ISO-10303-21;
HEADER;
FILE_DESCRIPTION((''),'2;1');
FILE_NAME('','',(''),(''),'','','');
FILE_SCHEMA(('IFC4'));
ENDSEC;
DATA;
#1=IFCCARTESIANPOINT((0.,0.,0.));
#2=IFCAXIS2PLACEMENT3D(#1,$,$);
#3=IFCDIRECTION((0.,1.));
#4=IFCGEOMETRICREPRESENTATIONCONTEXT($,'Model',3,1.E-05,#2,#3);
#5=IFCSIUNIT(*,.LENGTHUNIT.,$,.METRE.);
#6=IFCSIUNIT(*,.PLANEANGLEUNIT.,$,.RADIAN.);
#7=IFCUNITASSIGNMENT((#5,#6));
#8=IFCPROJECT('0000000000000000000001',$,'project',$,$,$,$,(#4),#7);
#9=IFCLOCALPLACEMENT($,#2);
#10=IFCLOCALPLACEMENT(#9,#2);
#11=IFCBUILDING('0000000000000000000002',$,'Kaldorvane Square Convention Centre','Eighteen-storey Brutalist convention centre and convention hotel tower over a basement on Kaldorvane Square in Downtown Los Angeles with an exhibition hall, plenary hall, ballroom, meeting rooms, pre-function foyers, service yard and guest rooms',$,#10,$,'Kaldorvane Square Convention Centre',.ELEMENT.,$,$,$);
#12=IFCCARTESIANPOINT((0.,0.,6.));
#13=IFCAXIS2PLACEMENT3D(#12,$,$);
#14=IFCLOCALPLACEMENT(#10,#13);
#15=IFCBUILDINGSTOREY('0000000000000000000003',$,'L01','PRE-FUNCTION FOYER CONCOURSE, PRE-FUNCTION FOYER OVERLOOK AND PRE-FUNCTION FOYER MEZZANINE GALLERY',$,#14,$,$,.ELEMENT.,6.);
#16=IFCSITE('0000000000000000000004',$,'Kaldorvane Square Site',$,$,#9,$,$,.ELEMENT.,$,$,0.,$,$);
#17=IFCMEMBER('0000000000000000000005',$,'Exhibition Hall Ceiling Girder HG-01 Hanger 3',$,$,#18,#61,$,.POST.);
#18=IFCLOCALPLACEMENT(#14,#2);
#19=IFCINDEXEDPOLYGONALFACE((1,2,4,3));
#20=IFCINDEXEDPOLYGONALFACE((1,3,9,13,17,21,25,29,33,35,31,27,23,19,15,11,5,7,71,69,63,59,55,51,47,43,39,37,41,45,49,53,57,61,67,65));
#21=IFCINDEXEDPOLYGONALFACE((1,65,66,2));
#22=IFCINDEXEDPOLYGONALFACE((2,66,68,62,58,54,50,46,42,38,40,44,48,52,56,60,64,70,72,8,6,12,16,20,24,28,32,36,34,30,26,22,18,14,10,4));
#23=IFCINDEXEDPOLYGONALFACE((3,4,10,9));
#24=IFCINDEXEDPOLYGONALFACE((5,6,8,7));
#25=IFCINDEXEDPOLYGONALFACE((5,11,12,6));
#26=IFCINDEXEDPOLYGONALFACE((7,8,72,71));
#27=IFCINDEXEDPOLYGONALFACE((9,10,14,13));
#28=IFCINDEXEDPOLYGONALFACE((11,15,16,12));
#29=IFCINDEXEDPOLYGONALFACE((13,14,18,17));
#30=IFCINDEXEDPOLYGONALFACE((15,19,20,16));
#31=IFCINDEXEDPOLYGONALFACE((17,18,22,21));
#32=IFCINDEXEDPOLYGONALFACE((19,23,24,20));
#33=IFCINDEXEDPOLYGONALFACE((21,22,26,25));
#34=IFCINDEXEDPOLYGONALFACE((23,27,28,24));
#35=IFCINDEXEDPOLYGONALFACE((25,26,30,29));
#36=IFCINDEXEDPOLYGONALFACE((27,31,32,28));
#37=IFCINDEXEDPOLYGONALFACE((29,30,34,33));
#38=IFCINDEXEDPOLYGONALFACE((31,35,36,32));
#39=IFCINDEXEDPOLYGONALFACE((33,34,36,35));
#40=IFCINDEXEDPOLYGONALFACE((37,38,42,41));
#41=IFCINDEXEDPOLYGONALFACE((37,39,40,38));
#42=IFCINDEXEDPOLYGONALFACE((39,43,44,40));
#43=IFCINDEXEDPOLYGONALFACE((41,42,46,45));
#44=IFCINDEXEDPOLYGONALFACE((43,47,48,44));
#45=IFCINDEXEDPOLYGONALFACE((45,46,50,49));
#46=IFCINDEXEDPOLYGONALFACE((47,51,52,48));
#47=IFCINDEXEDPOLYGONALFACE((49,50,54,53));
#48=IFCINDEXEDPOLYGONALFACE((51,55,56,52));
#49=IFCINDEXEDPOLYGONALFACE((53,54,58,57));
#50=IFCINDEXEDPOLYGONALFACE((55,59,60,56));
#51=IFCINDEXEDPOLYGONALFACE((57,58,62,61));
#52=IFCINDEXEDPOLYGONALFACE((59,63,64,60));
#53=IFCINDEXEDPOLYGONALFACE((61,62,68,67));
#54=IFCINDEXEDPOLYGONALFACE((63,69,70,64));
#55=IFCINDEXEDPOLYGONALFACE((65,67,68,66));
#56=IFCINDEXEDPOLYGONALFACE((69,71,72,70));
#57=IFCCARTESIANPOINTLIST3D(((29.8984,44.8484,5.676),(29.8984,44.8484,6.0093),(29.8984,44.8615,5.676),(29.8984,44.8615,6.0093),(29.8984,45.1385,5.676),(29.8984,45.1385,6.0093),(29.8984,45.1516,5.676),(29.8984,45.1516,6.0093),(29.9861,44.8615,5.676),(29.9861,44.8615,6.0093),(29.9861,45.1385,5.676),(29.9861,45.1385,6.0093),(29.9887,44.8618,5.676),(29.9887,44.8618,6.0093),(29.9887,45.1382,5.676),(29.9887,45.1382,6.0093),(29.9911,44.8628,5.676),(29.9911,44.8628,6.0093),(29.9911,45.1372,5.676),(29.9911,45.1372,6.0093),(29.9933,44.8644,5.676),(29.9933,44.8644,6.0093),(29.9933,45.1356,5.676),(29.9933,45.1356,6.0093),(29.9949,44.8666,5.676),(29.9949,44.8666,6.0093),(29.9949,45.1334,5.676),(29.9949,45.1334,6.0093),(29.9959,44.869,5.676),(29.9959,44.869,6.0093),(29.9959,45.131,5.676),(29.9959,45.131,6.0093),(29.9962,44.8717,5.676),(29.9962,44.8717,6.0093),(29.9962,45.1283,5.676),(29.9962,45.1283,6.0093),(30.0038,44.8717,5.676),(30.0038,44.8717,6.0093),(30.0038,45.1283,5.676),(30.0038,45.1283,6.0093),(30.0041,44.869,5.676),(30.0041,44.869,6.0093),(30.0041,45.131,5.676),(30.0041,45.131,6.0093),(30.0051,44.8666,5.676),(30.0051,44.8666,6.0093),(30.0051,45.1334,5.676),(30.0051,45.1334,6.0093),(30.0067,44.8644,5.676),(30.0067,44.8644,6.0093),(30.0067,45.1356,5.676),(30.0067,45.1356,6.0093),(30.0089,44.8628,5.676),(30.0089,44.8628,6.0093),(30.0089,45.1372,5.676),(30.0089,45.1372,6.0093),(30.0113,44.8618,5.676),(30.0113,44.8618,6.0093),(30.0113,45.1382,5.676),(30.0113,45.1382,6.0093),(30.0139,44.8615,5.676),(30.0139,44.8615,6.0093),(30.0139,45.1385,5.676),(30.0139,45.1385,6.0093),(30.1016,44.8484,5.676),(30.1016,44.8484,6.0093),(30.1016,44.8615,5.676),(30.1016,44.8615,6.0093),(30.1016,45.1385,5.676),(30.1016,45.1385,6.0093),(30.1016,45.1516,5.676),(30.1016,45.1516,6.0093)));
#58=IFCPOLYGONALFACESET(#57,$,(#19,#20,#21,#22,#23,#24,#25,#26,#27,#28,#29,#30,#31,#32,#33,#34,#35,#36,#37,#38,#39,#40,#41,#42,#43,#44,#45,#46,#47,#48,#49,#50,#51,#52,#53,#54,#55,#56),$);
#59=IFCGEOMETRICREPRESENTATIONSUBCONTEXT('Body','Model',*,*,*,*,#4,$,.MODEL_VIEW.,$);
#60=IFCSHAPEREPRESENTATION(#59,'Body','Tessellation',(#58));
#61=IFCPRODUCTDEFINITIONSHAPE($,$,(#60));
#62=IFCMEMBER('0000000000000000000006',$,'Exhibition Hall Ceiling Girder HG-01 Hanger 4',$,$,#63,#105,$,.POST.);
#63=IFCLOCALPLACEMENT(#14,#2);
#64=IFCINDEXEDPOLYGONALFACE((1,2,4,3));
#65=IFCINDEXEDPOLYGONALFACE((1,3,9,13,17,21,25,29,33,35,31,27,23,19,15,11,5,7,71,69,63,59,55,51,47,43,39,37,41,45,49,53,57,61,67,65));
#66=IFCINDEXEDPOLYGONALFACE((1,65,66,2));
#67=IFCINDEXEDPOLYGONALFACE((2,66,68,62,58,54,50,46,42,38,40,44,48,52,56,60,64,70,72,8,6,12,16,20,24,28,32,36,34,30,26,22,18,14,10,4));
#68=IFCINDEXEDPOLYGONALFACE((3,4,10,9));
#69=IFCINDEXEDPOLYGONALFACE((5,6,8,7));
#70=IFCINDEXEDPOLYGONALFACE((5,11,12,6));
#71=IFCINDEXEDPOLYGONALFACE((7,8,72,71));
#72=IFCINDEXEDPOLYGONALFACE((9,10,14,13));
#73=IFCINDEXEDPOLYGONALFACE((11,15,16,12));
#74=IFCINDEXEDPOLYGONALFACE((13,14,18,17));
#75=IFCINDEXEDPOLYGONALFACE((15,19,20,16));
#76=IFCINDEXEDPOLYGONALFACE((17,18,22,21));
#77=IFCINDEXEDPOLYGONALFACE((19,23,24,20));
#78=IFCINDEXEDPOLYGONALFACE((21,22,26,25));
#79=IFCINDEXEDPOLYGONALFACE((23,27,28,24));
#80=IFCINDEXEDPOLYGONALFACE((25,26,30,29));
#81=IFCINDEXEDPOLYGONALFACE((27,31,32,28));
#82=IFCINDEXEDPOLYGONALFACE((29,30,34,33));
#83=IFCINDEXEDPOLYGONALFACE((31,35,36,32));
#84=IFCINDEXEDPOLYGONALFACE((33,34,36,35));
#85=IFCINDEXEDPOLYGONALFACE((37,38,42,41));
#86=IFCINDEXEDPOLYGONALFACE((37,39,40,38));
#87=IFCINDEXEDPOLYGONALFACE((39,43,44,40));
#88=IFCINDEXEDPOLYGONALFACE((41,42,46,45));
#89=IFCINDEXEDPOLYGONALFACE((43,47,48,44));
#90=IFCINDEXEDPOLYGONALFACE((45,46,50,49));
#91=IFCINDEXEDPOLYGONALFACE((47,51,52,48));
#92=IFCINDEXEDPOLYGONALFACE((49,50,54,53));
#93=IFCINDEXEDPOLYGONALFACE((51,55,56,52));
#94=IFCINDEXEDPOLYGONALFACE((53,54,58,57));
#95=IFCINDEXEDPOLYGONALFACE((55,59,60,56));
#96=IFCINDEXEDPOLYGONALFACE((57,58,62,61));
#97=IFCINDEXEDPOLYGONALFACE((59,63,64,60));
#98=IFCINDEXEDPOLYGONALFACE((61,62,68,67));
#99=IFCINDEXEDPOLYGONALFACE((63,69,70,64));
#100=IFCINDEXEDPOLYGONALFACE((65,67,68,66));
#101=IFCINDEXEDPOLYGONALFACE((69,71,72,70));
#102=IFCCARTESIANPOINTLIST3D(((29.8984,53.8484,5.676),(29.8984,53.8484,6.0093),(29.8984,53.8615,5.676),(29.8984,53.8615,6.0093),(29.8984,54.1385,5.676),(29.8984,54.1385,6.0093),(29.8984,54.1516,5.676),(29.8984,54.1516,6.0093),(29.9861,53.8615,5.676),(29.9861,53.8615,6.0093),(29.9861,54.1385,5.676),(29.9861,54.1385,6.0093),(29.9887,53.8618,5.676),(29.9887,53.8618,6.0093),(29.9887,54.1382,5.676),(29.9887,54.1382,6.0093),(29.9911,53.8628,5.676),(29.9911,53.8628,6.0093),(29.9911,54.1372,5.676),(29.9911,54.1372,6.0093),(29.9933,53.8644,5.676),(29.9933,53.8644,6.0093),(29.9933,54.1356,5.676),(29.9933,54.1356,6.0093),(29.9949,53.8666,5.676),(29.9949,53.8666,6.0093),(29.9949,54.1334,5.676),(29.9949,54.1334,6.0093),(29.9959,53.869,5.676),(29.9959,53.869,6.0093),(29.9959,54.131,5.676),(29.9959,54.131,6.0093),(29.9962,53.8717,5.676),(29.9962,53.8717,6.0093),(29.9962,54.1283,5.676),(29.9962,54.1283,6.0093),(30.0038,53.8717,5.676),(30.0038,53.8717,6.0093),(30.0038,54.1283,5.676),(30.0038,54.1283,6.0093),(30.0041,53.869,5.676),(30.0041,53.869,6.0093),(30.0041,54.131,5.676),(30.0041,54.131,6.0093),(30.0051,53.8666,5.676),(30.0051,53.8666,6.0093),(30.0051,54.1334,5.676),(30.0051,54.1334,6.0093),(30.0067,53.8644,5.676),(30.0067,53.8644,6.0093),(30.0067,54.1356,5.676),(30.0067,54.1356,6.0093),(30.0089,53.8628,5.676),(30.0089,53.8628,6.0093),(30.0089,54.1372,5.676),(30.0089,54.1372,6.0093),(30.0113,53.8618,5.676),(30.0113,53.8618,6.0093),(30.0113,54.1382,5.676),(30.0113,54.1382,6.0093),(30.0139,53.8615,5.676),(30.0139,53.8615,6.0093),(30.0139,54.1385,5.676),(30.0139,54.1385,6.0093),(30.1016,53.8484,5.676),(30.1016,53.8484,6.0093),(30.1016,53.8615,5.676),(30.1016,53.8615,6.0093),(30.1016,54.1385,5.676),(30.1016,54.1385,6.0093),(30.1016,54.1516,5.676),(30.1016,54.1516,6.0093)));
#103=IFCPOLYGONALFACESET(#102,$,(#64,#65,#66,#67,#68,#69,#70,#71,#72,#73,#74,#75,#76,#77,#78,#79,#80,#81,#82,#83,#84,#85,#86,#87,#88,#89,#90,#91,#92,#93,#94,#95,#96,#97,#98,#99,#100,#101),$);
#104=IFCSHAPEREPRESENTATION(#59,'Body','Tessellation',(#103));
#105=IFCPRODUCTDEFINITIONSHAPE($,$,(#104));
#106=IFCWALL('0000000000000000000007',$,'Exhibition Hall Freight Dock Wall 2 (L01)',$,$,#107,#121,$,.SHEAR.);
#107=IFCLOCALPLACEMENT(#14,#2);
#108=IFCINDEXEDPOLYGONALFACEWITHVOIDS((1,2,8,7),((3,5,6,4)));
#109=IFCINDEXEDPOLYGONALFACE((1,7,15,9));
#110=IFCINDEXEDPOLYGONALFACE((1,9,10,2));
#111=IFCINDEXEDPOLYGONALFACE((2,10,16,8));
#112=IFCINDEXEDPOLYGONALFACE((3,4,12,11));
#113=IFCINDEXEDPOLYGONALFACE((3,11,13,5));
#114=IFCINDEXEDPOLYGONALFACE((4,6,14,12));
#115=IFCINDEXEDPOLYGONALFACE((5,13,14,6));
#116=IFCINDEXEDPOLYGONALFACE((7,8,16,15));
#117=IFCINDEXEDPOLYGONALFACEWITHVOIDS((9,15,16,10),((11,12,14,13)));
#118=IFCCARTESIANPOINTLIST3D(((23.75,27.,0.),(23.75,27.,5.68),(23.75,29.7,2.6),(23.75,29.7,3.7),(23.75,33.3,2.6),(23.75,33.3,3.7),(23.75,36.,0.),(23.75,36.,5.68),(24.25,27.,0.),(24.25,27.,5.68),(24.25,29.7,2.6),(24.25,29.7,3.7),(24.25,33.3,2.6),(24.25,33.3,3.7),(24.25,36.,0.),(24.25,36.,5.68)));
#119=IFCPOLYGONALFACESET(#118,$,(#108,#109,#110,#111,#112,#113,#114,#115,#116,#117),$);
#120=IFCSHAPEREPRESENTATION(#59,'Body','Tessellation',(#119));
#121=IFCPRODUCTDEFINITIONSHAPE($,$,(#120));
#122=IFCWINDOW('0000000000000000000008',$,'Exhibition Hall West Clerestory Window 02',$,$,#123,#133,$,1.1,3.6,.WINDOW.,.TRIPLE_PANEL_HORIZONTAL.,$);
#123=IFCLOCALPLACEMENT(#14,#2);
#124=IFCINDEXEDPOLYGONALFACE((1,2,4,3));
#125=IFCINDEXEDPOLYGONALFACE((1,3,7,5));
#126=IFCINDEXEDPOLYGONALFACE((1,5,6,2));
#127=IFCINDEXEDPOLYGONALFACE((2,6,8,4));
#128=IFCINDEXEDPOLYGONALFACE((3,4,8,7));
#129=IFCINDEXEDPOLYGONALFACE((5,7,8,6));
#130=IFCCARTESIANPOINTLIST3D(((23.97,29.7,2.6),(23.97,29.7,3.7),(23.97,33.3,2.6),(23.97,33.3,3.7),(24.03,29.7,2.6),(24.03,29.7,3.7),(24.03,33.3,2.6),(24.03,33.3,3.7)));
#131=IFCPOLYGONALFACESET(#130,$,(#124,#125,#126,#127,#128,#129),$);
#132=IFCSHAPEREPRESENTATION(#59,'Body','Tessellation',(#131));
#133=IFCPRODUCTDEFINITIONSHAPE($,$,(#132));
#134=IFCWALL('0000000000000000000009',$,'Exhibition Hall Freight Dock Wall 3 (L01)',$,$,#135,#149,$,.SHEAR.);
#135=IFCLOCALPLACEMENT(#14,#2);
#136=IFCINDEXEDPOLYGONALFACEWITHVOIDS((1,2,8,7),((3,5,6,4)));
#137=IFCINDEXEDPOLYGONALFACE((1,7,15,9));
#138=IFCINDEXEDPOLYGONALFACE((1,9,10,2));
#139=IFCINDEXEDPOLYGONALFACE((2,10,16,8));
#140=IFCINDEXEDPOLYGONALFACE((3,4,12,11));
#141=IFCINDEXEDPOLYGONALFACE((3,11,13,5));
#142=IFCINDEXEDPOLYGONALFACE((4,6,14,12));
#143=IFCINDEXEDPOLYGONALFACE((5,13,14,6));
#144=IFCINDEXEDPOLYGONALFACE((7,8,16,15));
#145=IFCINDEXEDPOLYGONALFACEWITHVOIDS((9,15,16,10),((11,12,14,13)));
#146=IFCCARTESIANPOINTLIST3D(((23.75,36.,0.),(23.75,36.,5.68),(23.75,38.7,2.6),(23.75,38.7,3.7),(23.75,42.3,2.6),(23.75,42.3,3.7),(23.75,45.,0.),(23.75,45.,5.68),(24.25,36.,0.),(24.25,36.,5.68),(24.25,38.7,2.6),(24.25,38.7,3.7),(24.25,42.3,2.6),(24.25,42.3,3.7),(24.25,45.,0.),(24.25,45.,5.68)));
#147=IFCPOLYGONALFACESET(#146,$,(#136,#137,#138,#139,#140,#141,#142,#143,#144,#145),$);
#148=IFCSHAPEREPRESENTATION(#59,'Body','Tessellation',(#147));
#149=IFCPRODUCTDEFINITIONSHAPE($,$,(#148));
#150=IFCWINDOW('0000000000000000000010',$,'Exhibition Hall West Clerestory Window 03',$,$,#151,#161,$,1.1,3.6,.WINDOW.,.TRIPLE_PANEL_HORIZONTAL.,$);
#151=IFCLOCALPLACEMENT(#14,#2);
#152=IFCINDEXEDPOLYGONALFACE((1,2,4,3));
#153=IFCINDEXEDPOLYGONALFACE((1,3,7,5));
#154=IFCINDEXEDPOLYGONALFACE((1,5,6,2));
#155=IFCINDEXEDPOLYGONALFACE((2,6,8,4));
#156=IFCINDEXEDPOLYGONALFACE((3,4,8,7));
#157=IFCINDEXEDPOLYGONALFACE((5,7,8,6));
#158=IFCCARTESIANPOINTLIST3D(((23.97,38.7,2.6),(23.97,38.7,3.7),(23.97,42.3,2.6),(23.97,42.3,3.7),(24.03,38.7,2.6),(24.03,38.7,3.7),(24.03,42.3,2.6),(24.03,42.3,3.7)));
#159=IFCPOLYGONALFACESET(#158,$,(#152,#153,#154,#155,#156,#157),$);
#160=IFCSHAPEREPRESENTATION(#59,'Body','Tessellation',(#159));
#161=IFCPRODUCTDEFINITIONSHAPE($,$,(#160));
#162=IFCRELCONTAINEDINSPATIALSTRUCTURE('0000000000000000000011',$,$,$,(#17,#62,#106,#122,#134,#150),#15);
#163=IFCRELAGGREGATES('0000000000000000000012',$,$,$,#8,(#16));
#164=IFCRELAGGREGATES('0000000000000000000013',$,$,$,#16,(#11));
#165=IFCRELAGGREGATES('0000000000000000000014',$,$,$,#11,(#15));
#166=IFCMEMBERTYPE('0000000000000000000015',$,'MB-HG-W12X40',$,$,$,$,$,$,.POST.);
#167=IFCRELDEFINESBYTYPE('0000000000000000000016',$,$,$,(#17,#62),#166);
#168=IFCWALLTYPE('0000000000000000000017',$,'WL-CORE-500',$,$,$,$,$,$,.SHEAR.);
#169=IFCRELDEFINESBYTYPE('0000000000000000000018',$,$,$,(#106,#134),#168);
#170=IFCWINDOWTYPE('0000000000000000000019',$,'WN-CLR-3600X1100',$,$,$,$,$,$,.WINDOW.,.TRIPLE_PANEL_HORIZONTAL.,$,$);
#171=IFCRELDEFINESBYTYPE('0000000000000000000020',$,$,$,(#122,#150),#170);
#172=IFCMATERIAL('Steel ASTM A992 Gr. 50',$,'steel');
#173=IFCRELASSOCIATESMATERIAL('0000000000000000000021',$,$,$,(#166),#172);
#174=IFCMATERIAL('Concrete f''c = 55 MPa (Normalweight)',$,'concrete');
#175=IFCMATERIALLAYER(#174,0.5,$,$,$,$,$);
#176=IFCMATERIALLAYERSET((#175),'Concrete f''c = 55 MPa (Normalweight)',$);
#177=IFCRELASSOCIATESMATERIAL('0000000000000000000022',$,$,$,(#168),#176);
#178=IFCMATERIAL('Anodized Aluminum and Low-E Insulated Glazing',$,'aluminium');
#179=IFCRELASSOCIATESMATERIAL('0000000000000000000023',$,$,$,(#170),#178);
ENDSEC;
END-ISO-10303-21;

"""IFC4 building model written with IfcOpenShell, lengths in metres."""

from ifc_helpers import new_model, si_unit, direction, frame, frame_2d, origin, origin_2d, place, context, subcontext, project, spatial, rectangle, i_section, extrude, material, layer, layer_set, material_profile, profile_set, type_object, element, fill, save


model = new_model("IFC4")

# Units and contexts
model_context = context("Model", 3, precision=1e-05, world=origin(), true_north=direction((0.0, 1.0)))
body_context = subcontext(model_context, "Body", "Model", "MODEL_VIEW")
ifc_project = project(units=[si_unit("LENGTHUNIT", "METRE"), si_unit("PLANEANGLEUNIT", "RADIAN")], contexts=[model_context])

# Site, building, storey
site_placement = place(None, origin())
site = spatial("IfcSite", under=ifc_project, at=site_placement, Name="Kaldorvane Square Site", CompositionType="ELEMENT", RefElevation=0.0)
building_placement = place(site_placement, origin())
building = spatial("IfcBuilding", under=site, at=building_placement, Name="Kaldorvane Square Convention Centre", Description="Eighteen-storey Brutalist convention centre and convention hotel tower over a basement on Kaldorvane Square in Downtown Los Angeles with an exhibition hall, plenary hall, ballroom, meeting rooms, pre-function foyers, service yard and guest rooms", LongName="Kaldorvane Square Convention Centre", CompositionType="ELEMENT")
storey_placement = place(building_placement, frame((0.0, 0.0, 6.0)))
storey = spatial("IfcBuildingStorey", under=building, at=storey_placement, Name="L01", Description="PRE-FUNCTION FOYER CONCOURSE, PRE-FUNCTION FOYER OVERLOOK AND PRE-FUNCTION FOYER MEZZANINE GALLERY", CompositionType="ELEMENT", Elevation=6.0)

# Shared definitions
ifc_material_1 = material(Name="Steel ASTM A992 Gr. 50", Category="steel")

# Members
ifc_material_profile_1 = material_profile(ifc_material_1, i_section(OverallWidth=0.2033, OverallDepth=0.3033, WebThickness=0.0075, FlangeThickness=0.0131, FilletRadius=0.0102, at=origin_2d()), Name="W12X40")
ifc_profile_set_1 = profile_set([ifc_material_profile_1], Name="Steel ASTM A992 Gr. 50")
member_type = type_object("IfcMemberType", Name="MB-HG-W12X40", PredefinedType="POST", material=ifc_profile_set_1)
for number, where, z_axis, x_axis, name in (
    (1, (30.0, 45.0, 5.676), (0.0, 0.0, 1.0), (1.0, 0.0, 0.0), "Exhibition Hall Ceiling Girder HG-01 Hanger 3"),
    (2, (30.0, 54.0, 5.676), (0.0, 0.0, 1.0), (1.0, 0.0, 0.0), "Exhibition Hall Ceiling Girder HG-01 Hanger 4"),
):
    element("IfcMember", number, at=place(storey_placement, frame(where, z_axis=z_axis, x_axis=x_axis)), inside=storey, type_object=member_type, Name=name, PredefinedType="POST", context=body_context, shape_type="SweptSolid", body=[
        extrude(i_section(OverallWidth=0.2033, OverallDepth=0.3033, WebThickness=0.0075, FlangeThickness=0.0131, FilletRadius=0.0102, at=origin_2d()), origin(), (0.0, 0.0, 1.0), 0.3333),
    ])

# Walls, openings, windows
ifc_material_2 = material(Name="Concrete f'c = 55 MPa (Normalweight)", Category="concrete")
ifc_layer = layer(ifc_material_2, 0.5)
ifc_layer_set = layer_set([ifc_layer], Name="Concrete f'c = 55 MPa (Normalweight)")
wall_type = type_object("IfcWallType", Name="WL-CORE-500", PredefinedType="SHEAR", material=ifc_layer_set)
wall_1_placement = place(storey_placement, frame((24.0, 36.0, 0.0), z_axis=(0.0, 0.0, 1.0), x_axis=(0.0, -1.0, 0.0)))
wall_1 = element("IfcWall", 3, at=wall_1_placement, inside=storey, type_object=wall_type, Name="Exhibition Hall Freight Dock Wall 2 (L01)", PredefinedType="SHEAR", context=body_context, shape_type="SweptSolid", body=[
    extrude(rectangle(XDim=9.0, YDim=0.5, at=frame_2d((4.5, 0.0))), origin(), (0.0, 0.0, 1.0), 5.68),
])
opening_1_placement = place(wall_1_placement, frame((2.7, 0.0, 2.6)))
opening_1 = element("IfcOpeningElement", 4, at=opening_1_placement, cuts=wall_1, PredefinedType="OPENING", context=body_context, shape_type="SweptSolid", body=[
    extrude(rectangle(XDim=3.6, YDim=1.1, at=frame_2d((1.8, 0.55))), frame((0.0, 0.265, 0.0), z_axis=(0.0, -1.0, 0.0), x_axis=(1.0, 0.0, 0.0)), (0.0, 0.0, 1.0), 0.53),
])
ifc_material_3 = material(Name="Anodized Aluminum and Low-E Insulated Glazing", Category="aluminium")
window_type_1 = type_object("IfcWindowType", Name="WN-CLR-3600X1100", PartitioningType="TRIPLE_PANEL_HORIZONTAL", PredefinedType="WINDOW", material=ifc_material_3)
window_1_placement = place(opening_1_placement, origin())
window_1 = element("IfcWindow", 5, at=window_1_placement, inside=storey, type_object=window_type_1, Name="Exhibition Hall West Clerestory Window 02", OverallHeight=1.1, OverallWidth=3.6, PartitioningType="TRIPLE_PANEL_HORIZONTAL", PredefinedType="WINDOW", context=body_context, shape_type="SweptSolid", body=[
    extrude(rectangle(XDim=3.6, YDim=1.1, at=frame_2d((1.8, 0.55))), frame((0.0, 0.03, 0.0), z_axis=(0.0, -1.0, 0.0), x_axis=(1.0, 0.0, 0.0)), (0.0, 0.0, 1.0), 0.06),
])
fill(opening_1, window_1)
wall_2_placement = place(storey_placement, frame((24.0, 45.0, 0.0), z_axis=(0.0, 0.0, 1.0), x_axis=(0.0, -1.0, 0.0)))
wall_2 = element("IfcWall", 6, at=wall_2_placement, inside=storey, type_object=wall_type, Name="Exhibition Hall Freight Dock Wall 3 (L01)", PredefinedType="SHEAR", context=body_context, shape_type="SweptSolid", body=[
    extrude(rectangle(XDim=9.0, YDim=0.5, at=frame_2d((4.5, 0.0))), origin(), (0.0, 0.0, 1.0), 5.68),
])
opening_2_placement = place(wall_2_placement, frame((2.7, 0.0, 2.6)))
opening_2 = element("IfcOpeningElement", 7, at=opening_2_placement, cuts=wall_2, PredefinedType="OPENING", context=body_context, shape_type="SweptSolid", body=[
    extrude(rectangle(XDim=3.6, YDim=1.1, at=frame_2d((1.8, 0.55))), frame((0.0, 0.265, 0.0), z_axis=(0.0, -1.0, 0.0), x_axis=(1.0, 0.0, 0.0)), (0.0, 0.0, 1.0), 0.53),
])
window_2_placement = place(opening_2_placement, origin())
window_2 = element("IfcWindow", 8, at=window_2_placement, inside=storey, type_object=window_type_1, Name="Exhibition Hall West Clerestory Window 03", OverallHeight=1.1, OverallWidth=3.6, PartitioningType="TRIPLE_PANEL_HORIZONTAL", PredefinedType="WINDOW", context=body_context, shape_type="SweptSolid", body=[
    extrude(rectangle(XDim=3.6, YDim=1.1, at=frame_2d((1.8, 0.55))), frame((0.0, 0.03, 0.0), z_axis=(0.0, -1.0, 0.0), x_axis=(1.0, 0.0, 0.0)), (0.0, 0.0, 1.0), 0.06),
])
fill(opening_2, window_2)

save(model, "model.ifc")
